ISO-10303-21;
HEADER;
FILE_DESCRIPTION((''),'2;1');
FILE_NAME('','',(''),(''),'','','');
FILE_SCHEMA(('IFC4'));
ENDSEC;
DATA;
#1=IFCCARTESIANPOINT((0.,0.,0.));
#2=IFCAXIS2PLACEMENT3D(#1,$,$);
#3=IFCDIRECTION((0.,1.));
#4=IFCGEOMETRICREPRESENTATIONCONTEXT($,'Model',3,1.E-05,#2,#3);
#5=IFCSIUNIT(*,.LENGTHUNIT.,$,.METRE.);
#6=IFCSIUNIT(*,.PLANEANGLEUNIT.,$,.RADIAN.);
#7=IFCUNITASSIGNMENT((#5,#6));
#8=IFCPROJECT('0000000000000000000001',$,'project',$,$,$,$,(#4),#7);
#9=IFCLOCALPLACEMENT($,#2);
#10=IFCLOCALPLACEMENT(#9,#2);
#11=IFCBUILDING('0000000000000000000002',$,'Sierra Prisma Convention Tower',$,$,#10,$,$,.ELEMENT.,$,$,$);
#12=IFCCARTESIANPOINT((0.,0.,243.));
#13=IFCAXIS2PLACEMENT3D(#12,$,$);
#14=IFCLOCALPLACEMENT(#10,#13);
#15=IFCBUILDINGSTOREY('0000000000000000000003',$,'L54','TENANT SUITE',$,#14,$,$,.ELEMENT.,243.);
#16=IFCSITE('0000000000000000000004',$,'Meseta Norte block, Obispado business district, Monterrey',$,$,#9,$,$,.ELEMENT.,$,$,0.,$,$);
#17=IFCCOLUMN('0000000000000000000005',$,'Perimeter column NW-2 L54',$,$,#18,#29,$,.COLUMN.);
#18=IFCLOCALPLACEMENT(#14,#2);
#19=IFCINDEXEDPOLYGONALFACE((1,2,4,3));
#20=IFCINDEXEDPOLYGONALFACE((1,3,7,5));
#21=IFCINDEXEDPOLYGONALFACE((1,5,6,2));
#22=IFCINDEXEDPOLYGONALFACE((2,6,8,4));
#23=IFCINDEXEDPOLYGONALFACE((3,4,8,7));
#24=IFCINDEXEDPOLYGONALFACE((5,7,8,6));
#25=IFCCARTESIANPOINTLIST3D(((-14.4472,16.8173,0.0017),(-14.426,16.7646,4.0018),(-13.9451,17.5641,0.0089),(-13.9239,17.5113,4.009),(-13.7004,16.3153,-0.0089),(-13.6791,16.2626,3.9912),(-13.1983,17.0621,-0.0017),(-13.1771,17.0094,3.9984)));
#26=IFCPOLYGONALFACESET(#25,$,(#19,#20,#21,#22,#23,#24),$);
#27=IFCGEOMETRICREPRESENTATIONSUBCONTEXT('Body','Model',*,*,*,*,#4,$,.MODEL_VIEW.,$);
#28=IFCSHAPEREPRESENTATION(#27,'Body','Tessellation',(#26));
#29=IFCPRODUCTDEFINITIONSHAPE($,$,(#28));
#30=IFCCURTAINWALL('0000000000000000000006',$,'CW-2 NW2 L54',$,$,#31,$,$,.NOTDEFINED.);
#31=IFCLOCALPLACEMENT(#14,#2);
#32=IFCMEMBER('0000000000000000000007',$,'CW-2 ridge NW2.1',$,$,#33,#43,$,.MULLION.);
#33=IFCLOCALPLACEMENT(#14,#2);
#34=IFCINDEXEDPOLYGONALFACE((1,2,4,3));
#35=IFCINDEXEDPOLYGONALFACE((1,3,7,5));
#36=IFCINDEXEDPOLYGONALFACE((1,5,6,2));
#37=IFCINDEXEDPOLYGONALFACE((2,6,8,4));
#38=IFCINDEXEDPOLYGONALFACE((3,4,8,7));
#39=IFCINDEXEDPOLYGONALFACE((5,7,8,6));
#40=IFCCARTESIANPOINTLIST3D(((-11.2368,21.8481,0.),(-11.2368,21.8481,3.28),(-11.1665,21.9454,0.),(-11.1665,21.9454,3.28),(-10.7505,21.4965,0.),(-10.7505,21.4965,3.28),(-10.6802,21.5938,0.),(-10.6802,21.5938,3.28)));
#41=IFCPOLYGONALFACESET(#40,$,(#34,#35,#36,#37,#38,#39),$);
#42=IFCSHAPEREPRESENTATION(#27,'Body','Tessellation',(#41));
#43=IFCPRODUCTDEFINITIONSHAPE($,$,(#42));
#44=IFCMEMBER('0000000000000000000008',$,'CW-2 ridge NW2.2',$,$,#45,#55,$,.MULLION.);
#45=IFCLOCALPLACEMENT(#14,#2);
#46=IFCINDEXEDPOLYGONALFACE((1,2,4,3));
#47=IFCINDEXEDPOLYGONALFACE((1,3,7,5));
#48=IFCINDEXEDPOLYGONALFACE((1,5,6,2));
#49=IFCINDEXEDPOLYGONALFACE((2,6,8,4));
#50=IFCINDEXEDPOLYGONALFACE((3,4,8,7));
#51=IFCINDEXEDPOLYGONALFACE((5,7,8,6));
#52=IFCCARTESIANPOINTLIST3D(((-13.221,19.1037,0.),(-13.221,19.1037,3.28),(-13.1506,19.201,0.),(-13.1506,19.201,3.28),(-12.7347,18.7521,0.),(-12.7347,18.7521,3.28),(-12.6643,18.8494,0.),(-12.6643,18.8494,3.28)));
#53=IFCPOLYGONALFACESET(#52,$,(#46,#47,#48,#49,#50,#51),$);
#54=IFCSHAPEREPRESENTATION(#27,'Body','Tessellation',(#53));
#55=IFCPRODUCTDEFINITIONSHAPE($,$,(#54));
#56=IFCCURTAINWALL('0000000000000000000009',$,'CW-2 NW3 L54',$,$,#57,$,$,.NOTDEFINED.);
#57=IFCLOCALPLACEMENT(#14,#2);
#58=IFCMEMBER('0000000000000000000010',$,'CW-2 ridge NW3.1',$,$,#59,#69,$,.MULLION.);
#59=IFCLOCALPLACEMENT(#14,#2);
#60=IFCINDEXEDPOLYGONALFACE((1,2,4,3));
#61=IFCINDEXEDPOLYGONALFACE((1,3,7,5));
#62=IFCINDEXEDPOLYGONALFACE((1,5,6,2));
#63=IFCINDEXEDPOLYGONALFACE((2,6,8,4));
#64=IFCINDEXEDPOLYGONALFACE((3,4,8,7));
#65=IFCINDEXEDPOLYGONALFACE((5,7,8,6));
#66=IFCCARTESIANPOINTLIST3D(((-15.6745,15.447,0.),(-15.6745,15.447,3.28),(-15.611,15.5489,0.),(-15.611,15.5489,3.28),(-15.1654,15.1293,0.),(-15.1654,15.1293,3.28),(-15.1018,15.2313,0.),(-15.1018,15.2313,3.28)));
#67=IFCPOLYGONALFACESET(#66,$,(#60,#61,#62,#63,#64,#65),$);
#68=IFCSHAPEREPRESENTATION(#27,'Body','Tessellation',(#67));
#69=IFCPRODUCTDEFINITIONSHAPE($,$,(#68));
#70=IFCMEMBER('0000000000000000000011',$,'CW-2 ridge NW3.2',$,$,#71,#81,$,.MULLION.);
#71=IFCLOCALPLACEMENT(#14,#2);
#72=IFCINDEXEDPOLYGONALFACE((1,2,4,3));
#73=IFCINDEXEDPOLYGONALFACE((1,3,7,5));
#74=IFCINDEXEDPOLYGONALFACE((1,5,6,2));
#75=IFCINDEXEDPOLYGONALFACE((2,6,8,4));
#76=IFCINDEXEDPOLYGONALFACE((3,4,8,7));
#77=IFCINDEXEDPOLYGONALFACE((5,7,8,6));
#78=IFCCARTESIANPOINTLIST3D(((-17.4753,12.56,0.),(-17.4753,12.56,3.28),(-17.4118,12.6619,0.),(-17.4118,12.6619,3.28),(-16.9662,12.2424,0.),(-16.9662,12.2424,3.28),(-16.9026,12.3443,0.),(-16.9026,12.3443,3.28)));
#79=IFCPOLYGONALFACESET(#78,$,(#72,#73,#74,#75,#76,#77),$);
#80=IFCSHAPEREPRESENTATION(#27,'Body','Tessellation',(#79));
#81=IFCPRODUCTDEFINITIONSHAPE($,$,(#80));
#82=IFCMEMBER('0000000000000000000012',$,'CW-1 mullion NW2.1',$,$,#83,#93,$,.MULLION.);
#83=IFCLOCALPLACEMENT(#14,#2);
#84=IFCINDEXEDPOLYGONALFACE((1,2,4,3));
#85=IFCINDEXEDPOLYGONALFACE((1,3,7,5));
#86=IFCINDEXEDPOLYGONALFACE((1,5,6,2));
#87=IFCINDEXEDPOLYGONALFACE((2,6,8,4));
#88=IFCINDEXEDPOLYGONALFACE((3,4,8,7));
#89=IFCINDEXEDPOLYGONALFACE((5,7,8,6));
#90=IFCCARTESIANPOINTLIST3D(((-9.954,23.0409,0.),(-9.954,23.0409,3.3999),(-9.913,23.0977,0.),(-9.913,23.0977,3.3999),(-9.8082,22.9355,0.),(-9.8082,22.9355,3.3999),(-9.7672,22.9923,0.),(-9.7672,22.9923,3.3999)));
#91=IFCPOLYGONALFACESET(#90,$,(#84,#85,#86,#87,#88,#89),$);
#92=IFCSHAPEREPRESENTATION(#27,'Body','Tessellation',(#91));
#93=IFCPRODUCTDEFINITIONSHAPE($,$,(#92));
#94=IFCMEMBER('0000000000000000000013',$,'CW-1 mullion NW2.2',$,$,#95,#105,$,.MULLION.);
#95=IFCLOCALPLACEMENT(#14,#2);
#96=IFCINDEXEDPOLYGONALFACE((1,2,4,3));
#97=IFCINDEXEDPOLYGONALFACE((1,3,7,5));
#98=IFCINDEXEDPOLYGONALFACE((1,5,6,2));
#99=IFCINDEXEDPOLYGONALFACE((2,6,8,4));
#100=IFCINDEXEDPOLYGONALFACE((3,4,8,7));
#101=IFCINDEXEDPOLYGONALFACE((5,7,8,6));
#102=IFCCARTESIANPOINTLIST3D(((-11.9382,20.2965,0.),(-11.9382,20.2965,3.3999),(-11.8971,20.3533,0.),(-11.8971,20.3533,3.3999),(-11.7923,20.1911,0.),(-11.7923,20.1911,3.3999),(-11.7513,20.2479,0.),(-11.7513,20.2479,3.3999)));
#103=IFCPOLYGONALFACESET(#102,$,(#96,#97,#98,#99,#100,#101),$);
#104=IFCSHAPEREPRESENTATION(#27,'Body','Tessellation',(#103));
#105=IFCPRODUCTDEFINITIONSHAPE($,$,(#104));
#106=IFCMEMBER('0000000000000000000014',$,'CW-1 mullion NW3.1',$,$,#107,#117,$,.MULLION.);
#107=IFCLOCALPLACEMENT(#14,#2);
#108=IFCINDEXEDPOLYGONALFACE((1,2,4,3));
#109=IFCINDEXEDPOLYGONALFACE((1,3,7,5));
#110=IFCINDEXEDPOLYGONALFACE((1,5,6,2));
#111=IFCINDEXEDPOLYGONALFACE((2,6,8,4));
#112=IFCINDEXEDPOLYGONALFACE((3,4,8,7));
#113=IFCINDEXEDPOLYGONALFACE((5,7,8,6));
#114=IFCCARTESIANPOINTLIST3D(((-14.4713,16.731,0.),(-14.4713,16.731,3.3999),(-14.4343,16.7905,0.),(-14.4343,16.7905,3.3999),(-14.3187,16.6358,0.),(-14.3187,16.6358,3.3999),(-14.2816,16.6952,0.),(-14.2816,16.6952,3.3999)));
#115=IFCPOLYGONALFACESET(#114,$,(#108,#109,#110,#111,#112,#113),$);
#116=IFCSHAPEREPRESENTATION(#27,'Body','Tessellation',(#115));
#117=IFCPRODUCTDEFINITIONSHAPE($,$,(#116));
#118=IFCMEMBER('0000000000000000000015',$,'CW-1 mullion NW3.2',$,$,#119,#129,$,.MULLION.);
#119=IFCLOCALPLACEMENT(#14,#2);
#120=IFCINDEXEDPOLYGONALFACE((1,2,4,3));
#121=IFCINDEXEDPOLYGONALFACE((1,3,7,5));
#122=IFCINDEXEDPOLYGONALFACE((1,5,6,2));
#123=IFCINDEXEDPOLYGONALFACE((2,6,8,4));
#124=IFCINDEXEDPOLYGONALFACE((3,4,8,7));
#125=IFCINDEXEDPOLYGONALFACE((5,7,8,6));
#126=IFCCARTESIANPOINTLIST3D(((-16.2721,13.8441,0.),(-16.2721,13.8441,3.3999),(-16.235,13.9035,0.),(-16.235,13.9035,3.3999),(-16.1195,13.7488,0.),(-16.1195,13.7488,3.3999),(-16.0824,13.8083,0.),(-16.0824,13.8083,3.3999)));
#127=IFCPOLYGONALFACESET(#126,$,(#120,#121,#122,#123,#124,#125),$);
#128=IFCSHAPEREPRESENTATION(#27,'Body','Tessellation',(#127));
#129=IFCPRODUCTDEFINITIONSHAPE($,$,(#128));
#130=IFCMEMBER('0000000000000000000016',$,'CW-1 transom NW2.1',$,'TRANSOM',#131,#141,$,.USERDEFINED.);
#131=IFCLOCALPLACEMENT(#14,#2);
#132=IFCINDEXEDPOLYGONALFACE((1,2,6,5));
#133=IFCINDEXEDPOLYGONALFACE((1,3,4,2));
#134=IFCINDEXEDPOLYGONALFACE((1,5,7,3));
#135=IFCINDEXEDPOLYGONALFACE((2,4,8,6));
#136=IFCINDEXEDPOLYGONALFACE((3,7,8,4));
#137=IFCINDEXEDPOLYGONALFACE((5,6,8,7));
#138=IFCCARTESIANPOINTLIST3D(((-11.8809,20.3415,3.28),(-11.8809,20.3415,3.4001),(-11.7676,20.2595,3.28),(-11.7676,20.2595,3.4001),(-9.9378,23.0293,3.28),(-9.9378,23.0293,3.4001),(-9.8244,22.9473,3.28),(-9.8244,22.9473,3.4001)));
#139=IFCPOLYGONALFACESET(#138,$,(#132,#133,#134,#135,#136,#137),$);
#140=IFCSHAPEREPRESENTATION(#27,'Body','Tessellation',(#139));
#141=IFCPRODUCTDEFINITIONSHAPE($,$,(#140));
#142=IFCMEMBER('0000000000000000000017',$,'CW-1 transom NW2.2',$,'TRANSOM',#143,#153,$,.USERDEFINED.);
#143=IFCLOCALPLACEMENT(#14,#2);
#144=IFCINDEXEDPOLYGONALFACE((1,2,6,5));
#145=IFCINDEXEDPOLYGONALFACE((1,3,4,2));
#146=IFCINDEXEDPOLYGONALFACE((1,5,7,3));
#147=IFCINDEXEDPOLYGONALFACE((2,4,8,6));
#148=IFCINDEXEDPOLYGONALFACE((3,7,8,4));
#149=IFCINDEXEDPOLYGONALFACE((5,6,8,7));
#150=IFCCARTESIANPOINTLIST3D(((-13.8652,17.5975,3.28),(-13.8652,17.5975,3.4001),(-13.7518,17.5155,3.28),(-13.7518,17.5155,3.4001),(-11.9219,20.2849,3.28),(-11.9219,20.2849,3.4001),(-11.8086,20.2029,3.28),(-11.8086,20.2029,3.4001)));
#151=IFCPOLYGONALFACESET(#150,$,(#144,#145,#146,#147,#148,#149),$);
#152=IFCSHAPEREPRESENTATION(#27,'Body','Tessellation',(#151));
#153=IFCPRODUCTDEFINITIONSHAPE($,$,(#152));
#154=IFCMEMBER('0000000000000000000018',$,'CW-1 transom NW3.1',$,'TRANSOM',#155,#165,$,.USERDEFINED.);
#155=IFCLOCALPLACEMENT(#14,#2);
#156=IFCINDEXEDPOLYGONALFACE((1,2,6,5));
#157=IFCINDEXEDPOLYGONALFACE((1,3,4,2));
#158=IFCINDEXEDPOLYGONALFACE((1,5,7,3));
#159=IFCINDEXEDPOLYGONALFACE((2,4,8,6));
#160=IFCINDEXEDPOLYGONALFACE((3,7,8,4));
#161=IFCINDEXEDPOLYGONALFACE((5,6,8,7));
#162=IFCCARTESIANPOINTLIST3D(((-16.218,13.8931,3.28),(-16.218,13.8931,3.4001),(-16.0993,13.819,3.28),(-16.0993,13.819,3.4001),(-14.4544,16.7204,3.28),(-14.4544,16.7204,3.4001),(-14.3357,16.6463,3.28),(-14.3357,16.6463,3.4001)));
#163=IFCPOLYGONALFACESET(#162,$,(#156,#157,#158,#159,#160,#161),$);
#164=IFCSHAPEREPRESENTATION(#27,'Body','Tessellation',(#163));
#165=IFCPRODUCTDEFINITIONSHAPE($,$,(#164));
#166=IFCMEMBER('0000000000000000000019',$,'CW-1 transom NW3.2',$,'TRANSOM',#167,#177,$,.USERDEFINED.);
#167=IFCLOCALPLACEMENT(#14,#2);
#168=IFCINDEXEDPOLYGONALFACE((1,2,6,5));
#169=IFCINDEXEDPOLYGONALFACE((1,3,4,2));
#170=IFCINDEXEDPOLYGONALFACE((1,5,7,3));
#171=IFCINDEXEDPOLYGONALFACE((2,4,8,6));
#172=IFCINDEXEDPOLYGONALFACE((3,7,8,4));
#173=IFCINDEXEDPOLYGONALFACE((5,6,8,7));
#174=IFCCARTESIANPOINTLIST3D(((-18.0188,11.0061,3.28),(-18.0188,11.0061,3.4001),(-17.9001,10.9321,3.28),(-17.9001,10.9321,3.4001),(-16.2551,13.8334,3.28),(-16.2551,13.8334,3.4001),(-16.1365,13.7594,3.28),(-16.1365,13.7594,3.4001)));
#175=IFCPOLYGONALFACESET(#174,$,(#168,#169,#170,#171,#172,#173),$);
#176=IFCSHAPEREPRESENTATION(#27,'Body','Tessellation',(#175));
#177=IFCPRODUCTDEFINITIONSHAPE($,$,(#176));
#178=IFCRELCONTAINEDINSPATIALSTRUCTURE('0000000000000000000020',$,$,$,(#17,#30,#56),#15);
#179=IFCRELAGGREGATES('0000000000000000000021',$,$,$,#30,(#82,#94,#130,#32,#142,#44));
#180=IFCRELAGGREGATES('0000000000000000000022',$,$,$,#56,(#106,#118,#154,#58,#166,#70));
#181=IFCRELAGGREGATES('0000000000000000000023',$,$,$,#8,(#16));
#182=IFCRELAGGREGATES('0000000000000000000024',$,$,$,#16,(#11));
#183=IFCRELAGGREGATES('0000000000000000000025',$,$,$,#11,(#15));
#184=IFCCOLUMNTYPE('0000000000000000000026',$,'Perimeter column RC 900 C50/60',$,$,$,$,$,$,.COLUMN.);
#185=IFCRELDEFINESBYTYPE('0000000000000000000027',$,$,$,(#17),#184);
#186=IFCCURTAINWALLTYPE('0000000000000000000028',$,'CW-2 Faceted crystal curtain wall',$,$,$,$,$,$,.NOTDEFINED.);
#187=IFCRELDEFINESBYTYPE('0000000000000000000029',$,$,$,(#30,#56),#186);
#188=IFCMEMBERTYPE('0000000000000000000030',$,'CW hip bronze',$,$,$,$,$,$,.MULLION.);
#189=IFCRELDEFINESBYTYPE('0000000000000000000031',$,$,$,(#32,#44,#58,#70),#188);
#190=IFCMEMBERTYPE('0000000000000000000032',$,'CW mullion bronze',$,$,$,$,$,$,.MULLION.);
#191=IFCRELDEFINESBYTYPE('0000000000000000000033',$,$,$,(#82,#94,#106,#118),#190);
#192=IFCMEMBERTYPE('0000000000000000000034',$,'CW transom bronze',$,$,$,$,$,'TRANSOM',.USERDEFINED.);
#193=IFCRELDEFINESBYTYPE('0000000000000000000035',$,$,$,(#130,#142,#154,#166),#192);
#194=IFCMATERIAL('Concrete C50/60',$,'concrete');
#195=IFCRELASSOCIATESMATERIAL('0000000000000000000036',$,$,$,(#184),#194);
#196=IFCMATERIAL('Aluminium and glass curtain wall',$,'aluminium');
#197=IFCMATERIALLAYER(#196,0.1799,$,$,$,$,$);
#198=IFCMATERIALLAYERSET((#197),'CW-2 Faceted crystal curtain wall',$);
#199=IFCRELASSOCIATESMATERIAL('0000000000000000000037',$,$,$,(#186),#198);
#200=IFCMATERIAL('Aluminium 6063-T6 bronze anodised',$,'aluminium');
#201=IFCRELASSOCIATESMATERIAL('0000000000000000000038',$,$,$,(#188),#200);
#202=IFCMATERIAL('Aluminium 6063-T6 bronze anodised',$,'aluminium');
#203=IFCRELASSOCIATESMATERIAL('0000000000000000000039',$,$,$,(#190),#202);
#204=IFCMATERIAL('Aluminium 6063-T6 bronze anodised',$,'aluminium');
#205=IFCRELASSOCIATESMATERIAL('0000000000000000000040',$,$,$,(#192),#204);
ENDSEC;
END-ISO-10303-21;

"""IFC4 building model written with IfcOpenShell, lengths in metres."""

from ifc_helpers import new_model, si_unit, direction, frame, origin, origin_2d, place, context, subcontext, project, spatial, rectangle, extrude, material, layer, layer_set, material_profile, profile_set, type_object, element, aggregate, save


model = new_model("IFC4")

# Units and contexts
model_context = context("Model", 3, precision=1e-05, world=origin(), true_north=direction((0.0, 1.0)))
body_context = subcontext(model_context, "Body", "Model", "MODEL_VIEW")
ifc_project = project(units=[si_unit("LENGTHUNIT", "METRE"), si_unit("PLANEANGLEUNIT", "RADIAN")], contexts=[model_context])

# Site, building, storey
site_placement = place(None, origin())
site = spatial("IfcSite", under=ifc_project, at=site_placement, Name="Meseta Norte block, Obispado business district, Monterrey", CompositionType="ELEMENT", RefElevation=0.0)
building_placement = place(site_placement, origin())
building = spatial("IfcBuilding", under=site, at=building_placement, Name="Sierra Prisma Convention Tower", CompositionType="ELEMENT")
storey_placement = place(building_placement, frame((0.0, 0.0, 243.0)))
storey = spatial("IfcBuildingStorey", under=building, at=storey_placement, Name="L54", Description="TENANT SUITE", CompositionType="ELEMENT", Elevation=243.0)

# Column
ifc_material_1 = material(Name="Concrete C50/60", Category="concrete")
ifc_material_profile_1 = material_profile(ifc_material_1, rectangle(XDim=0.8999, YDim=0.8999, at=origin_2d()), Name="Perimeter column RC 900 C50/60")
ifc_profile_set_1 = profile_set([ifc_material_profile_1], Name="Concrete C50/60")
column_type = type_object("IfcColumnType", Name="Perimeter column RC 900 C50/60", PredefinedType="COLUMN", material=ifc_profile_set_1)
column_placement = place(storey_placement, frame((-13.8228, 16.9397, 0.0), z_axis=(0.00531, -0.013182, 0.999899), x_axis=(0.55792, 0.829857, 0.007978)))
element("IfcColumn", 1, at=column_placement, inside=storey, type_object=column_type, Name="Perimeter column NW-2 L54", PredefinedType="COLUMN", context=body_context, shape_type="SweptSolid", body=[
    extrude(rectangle(XDim=0.8999, YDim=0.8999, at=origin_2d()), origin(), (0.0, 0.0, 1.0), 4.0005),
])

# Curtain walls, members
ifc_material_2 = material(Name="Aluminium and glass curtain wall", Category="aluminium")
ifc_layer_1 = layer(ifc_material_2, 0.1799)
ifc_layer_set_1 = layer_set([ifc_layer_1], Name="CW-2 Faceted crystal curtain wall")
curtain_wall_type = type_object("IfcCurtainWallType", Name="CW-2 Faceted crystal curtain wall", PredefinedType="NOTDEFINED", material=ifc_layer_set_1)
curtain_wall_1_placement = place(storey_placement, origin())
curtain_wall_1 = element("IfcCurtainWall", 2, at=curtain_wall_1_placement, inside=storey, type_object=curtain_wall_type, Name="CW-2 NW2 L54", PredefinedType="NOTDEFINED")
ifc_material_3 = material(Name="Aluminium 6063-T6 bronze anodised", Category="aluminium")
ifc_material_profile_2 = material_profile(ifc_material_3, rectangle(XDim=0.1201, YDim=0.6001, at=origin_2d()), Name="ALU RIDGE BLADE 120x600")
ifc_profile_set_2 = profile_set([ifc_material_profile_2], Name="Aluminium 6063-T6 bronze anodised")
member_type_1 = type_object("IfcMemberType", Name="CW hip bronze", PredefinedType="MULLION", material=ifc_profile_set_2)
member_1_placement = place(storey_placement, frame((-10.9585, 21.7209, 0.0), z_axis=(0.0, 0.0, 1.0), x_axis=(-0.585932, -0.81036, 0.0)))
member_1 = element("IfcMember", 3, at=member_1_placement, type_object=member_type_1, Name="CW-2 ridge NW2.1", PredefinedType="MULLION", context=body_context, shape_type="SweptSolid", body=[
    extrude(rectangle(XDim=0.1201, YDim=0.6001, at=origin_2d()), origin(), (0.0, 0.0, 1.0), 3.28),
])
member_2_placement = place(storey_placement, frame((-12.9426, 18.9766, 0.0), z_axis=(0.0, 0.0, 1.0), x_axis=(-0.585932, -0.81036, 0.0)))
member_2 = element("IfcMember", 4, at=member_2_placement, type_object=member_type_1, Name="CW-2 ridge NW2.2", PredefinedType="MULLION", context=body_context, shape_type="SweptSolid", body=[
    extrude(rectangle(XDim=0.1201, YDim=0.6001, at=origin_2d()), origin(), (0.0, 0.0, 1.0), 3.28),
])
curtain_wall_2_placement = place(storey_placement, origin())
curtain_wall_2 = element("IfcCurtainWall", 5, at=curtain_wall_2_placement, inside=storey, type_object=curtain_wall_type, Name="CW-2 NW3 L54", PredefinedType="NOTDEFINED")
member_3_placement = place(storey_placement, frame((-15.3882, 15.3391, 0.0), z_axis=(0.0, 0.0, 1.0), x_axis=(-0.529272, -0.848452, 0.0)))
member_3 = element("IfcMember", 6, at=member_3_placement, type_object=member_type_1, Name="CW-2 ridge NW3.1", PredefinedType="MULLION", context=body_context, shape_type="SweptSolid", body=[
    extrude(rectangle(XDim=0.1201, YDim=0.6001, at=origin_2d()), origin(), (0.0, 0.0, 1.0), 3.28),
])
member_4_placement = place(storey_placement, frame((-17.189, 12.4521, 0.0), z_axis=(0.0, 0.0, 1.0), x_axis=(-0.529272, -0.848452, 0.0)))
member_4 = element("IfcMember", 7, at=member_4_placement, type_object=member_type_1, Name="CW-2 ridge NW3.2", PredefinedType="MULLION", context=body_context, shape_type="SweptSolid", body=[
    extrude(rectangle(XDim=0.1201, YDim=0.6001, at=origin_2d()), origin(), (0.0, 0.0, 1.0), 3.28),
])

# Members
ifc_material_4 = material(Name="Aluminium 6063-T6 bronze anodised", Category="aluminium")
ifc_material_profile_3 = material_profile(ifc_material_4, rectangle(XDim=0.1799, YDim=0.0701, at=origin_2d()), Name="ALU MULLION 70x180")
ifc_profile_set_3 = profile_set([ifc_material_profile_3], Name="Aluminium 6063-T6 bronze anodised")
member_type_2 = type_object("IfcMemberType", Name="CW mullion bronze", PredefinedType="MULLION", material=ifc_profile_set_3)
member_5_placement = place(storey_placement, frame((-9.8606, 23.0166, 0.0), z_axis=(0.0, 0.0, 1.0), x_axis=(0.81036, -0.585932, 0.0)))
member_5 = element("IfcMember", 8, at=member_5_placement, type_object=member_type_2, Name="CW-1 mullion NW2.1", PredefinedType="MULLION", context=body_context, shape_type="SweptSolid", body=[
    extrude(rectangle(XDim=0.1799, YDim=0.0701, at=origin_2d()), origin(), (0.0, 0.0, 1.0), 3.3999),
])
member_6_placement = place(storey_placement, frame((-11.8447, 20.2722, 0.0), z_axis=(0.0, 0.0, 1.0), x_axis=(0.81036, -0.585932, 0.0)))
member_6 = element("IfcMember", 9, at=member_6_placement, type_object=member_type_2, Name="CW-1 mullion NW2.2", PredefinedType="MULLION", context=body_context, shape_type="SweptSolid", body=[
    extrude(rectangle(XDim=0.1799, YDim=0.0701, at=origin_2d()), origin(), (0.0, 0.0, 1.0), 3.3999),
])
member_7_placement = place(storey_placement, frame((-14.3765, 16.7131, 0.0), z_axis=(0.0, 0.0, 1.0), x_axis=(0.848452, -0.529272, 0.0)))
member_7 = element("IfcMember", 10, at=member_7_placement, type_object=member_type_2, Name="CW-1 mullion NW3.1", PredefinedType="MULLION", context=body_context, shape_type="SweptSolid", body=[
    extrude(rectangle(XDim=0.1799, YDim=0.0701, at=origin_2d()), origin(), (0.0, 0.0, 1.0), 3.3999),
])
member_8_placement = place(storey_placement, frame((-16.1772, 13.8262, 0.0), z_axis=(0.0, 0.0, 1.0), x_axis=(0.848452, -0.529272, 0.0)))
member_8 = element("IfcMember", 11, at=member_8_placement, type_object=member_type_2, Name="CW-1 mullion NW3.2", PredefinedType="MULLION", context=body_context, shape_type="SweptSolid", body=[
    extrude(rectangle(XDim=0.1799, YDim=0.0701, at=origin_2d()), origin(), (0.0, 0.0, 1.0), 3.3999),
])
ifc_material_5 = material(Name="Aluminium 6063-T6 bronze anodised", Category="aluminium")
ifc_material_profile_4 = material_profile(ifc_material_5, rectangle(XDim=0.1399, YDim=0.1201, at=origin_2d()), Name="ALU TRANSOM 120x140")
ifc_profile_set_4 = profile_set([ifc_material_profile_4], Name="Aluminium 6063-T6 bronze anodised")
member_type_3 = type_object("IfcMemberType", Name="CW transom bronze", ElementType="TRANSOM", PredefinedType="USERDEFINED", material=ifc_profile_set_4)
member_9_placement = place(storey_placement, frame((-9.8811, 22.9883, 3.3401), z_axis=(-0.58588, -0.810398, 0.0), x_axis=(0.810398, -0.58588, 0.0)))
member_9 = element("IfcMember", 12, at=member_9_placement, type_object=member_type_3, Name="CW-1 transom NW2.1", ObjectType="TRANSOM", PredefinedType="USERDEFINED", context=body_context, shape_type="SweptSolid", body=[
    extrude(rectangle(XDim=0.1399, YDim=0.1201, at=origin_2d()), origin(), (0.0, 0.0, 1.0), 3.3167),
])
member_10_placement = place(storey_placement, frame((-11.8652, 20.2439, 3.3401), z_axis=(-0.585963, -0.810337, 0.0), x_axis=(0.810337, -0.585963, 0.0)))
member_10 = element("IfcMember", 13, at=member_10_placement, type_object=member_type_3, Name="CW-1 transom NW2.2", ObjectType="TRANSOM", PredefinedType="USERDEFINED", context=body_context, shape_type="SweptSolid", body=[
    extrude(rectangle(XDim=0.1399, YDim=0.1201, at=origin_2d()), origin(), (0.0, 0.0, 1.0), 3.3164),
])
member_11_placement = place(storey_placement, frame((-14.395, 16.6833, 3.3401), z_axis=(-0.529255, -0.848463, 0.0), x_axis=(0.848463, -0.529255, 0.0)))
member_11 = element("IfcMember", 14, at=member_11_placement, type_object=member_type_3, Name="CW-1 transom NW3.1", ObjectType="TRANSOM", PredefinedType="USERDEFINED", context=body_context, shape_type="SweptSolid", body=[
    extrude(rectangle(XDim=0.1399, YDim=0.1201, at=origin_2d()), origin(), (0.0, 0.0, 1.0), 3.3323),
])
member_12_placement = place(storey_placement, frame((-16.1958, 13.7964, 3.3401), z_axis=(-0.529255, -0.848463, 0.0), x_axis=(0.848463, -0.529255, 0.0)))
member_12 = element("IfcMember", 15, at=member_12_placement, type_object=member_type_3, Name="CW-1 transom NW3.2", ObjectType="TRANSOM", PredefinedType="USERDEFINED", context=body_context, shape_type="SweptSolid", body=[
    extrude(rectangle(XDim=0.1399, YDim=0.1201, at=origin_2d()), origin(), (0.0, 0.0, 1.0), 3.3323),
])

aggregate(curtain_wall_1, [member_5, member_6, member_9, member_1, member_10, member_2])
aggregate(curtain_wall_2, [member_7, member_8, member_11, member_3, member_12, member_4])

save(model, "model.ifc")
